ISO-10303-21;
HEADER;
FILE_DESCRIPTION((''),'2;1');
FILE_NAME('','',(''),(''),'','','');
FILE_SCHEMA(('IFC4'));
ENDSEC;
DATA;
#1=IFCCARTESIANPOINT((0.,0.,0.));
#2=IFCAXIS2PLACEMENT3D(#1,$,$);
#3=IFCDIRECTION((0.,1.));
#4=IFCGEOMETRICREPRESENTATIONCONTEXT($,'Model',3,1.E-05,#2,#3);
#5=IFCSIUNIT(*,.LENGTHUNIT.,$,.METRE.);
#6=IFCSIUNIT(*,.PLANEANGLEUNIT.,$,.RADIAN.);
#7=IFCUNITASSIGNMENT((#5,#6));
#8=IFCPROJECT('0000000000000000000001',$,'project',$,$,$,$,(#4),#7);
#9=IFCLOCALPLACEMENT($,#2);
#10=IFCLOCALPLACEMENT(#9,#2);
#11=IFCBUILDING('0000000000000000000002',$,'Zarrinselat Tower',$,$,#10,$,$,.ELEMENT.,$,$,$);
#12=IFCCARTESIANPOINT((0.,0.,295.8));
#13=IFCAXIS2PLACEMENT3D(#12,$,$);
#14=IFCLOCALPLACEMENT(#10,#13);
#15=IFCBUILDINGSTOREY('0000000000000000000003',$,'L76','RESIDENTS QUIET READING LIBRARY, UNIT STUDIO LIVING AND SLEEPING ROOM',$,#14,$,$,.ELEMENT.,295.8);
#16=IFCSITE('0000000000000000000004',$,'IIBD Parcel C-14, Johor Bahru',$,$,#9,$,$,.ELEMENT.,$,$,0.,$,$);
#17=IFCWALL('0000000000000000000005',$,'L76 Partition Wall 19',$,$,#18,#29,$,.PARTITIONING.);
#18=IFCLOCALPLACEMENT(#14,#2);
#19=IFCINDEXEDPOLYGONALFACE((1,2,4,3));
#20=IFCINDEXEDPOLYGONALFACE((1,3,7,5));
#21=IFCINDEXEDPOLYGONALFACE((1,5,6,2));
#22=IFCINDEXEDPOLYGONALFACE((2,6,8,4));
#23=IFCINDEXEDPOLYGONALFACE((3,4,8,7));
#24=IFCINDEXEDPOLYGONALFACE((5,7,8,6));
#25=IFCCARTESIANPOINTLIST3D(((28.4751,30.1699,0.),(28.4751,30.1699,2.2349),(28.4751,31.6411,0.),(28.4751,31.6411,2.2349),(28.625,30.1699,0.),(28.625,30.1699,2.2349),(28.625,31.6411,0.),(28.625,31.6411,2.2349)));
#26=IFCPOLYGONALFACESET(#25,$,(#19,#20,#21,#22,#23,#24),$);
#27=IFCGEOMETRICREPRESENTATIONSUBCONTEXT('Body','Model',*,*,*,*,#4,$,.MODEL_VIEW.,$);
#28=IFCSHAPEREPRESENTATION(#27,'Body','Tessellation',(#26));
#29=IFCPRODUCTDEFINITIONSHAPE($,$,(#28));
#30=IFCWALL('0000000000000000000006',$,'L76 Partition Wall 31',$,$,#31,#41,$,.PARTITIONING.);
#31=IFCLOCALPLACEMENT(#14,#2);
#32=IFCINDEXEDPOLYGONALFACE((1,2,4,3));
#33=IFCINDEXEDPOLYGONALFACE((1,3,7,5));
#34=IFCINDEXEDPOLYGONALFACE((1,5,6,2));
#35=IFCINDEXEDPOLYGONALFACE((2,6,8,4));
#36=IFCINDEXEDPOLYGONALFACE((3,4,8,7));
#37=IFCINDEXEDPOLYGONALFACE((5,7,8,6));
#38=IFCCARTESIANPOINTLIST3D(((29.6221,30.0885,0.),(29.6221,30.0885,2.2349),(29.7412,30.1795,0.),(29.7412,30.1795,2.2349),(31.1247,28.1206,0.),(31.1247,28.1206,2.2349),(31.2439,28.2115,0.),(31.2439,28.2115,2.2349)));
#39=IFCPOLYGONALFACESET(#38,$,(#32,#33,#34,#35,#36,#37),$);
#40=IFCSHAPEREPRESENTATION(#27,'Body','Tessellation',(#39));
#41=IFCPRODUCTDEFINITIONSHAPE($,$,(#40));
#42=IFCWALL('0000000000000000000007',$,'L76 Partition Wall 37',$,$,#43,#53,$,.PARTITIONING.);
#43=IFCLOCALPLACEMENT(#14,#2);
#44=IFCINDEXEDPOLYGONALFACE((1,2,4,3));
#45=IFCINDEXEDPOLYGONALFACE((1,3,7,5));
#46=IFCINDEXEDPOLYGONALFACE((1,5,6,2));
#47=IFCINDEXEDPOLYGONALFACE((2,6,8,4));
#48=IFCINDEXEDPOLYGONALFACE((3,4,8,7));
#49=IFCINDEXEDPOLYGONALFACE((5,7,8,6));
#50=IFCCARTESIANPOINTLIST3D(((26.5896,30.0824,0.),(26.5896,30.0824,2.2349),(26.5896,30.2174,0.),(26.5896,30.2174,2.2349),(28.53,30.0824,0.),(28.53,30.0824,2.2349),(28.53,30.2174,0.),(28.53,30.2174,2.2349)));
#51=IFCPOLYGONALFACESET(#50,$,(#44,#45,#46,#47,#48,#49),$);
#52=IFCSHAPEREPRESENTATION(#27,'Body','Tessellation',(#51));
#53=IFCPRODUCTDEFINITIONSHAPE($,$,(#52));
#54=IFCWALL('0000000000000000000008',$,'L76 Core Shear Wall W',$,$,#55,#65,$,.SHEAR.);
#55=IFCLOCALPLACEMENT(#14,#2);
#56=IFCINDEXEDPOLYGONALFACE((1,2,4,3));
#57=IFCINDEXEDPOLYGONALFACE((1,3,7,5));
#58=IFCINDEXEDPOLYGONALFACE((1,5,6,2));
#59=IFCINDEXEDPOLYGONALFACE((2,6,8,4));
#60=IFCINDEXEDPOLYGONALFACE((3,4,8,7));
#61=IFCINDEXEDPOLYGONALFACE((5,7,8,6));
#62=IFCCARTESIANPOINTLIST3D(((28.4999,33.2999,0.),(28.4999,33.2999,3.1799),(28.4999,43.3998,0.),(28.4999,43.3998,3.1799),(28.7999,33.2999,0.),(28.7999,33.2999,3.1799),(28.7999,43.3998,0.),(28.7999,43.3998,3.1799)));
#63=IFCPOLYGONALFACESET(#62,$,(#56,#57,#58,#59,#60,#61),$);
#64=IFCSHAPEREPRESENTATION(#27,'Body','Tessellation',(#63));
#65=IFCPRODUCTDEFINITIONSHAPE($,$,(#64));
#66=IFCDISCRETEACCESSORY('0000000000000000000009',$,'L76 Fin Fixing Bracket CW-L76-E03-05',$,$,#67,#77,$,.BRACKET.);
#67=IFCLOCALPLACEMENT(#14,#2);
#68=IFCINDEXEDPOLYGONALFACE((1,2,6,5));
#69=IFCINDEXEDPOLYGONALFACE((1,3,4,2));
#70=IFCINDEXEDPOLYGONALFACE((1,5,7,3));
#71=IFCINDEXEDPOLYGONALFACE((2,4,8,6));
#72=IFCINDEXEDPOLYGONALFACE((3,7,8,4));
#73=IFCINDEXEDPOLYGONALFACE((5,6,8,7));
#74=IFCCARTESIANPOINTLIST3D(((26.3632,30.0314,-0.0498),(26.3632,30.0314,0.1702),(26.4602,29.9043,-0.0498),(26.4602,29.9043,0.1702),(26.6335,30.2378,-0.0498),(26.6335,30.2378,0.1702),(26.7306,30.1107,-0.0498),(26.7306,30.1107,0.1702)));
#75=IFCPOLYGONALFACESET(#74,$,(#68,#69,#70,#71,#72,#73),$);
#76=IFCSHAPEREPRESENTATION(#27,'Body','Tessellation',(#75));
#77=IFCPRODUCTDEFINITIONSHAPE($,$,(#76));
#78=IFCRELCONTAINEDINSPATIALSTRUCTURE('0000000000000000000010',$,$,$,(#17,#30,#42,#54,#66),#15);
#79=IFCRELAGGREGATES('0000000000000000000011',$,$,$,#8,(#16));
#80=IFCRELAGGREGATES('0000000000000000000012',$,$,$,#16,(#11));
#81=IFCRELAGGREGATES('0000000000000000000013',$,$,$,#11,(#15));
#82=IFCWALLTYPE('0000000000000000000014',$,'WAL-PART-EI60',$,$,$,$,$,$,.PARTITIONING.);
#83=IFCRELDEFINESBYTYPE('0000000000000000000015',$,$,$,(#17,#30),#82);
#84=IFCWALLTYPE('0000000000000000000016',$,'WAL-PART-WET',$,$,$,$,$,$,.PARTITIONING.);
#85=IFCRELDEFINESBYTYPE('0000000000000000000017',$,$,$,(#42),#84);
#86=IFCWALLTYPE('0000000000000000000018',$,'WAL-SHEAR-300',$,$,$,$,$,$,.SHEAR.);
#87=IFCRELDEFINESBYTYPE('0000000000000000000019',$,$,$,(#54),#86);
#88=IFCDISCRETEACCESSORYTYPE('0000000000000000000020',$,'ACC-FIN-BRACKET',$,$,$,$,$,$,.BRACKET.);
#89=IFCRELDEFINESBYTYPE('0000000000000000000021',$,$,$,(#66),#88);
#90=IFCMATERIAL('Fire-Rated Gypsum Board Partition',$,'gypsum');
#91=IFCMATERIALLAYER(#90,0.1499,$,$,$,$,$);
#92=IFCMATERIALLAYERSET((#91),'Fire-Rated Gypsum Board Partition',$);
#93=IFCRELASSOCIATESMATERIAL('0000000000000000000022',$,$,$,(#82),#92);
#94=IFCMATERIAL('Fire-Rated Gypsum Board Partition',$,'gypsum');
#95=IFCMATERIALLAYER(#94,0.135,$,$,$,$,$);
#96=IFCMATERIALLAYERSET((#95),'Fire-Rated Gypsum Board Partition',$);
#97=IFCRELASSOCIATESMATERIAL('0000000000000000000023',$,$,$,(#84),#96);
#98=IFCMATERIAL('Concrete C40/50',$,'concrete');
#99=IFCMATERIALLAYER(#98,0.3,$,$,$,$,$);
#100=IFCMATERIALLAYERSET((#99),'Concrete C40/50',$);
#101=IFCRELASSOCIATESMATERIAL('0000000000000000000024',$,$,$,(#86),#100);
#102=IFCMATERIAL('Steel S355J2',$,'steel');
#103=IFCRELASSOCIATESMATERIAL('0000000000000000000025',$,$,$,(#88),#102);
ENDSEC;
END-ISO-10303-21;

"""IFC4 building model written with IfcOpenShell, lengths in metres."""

from ifc_helpers import new_model, si_unit, direction, frame, frame_2d, origin, origin_2d, place, context, subcontext, project, spatial, rectangle, extrude, material, layer, layer_set, type_object, element, save


model = new_model("IFC4")

# Units and contexts
model_context = context("Model", 3, precision=1e-05, world=origin(), true_north=direction((0.0, 1.0)))
body_context = subcontext(model_context, "Body", "Model", "MODEL_VIEW")
ifc_project = project(units=[si_unit("LENGTHUNIT", "METRE"), si_unit("PLANEANGLEUNIT", "RADIAN")], contexts=[model_context])

# Site, building, storey
site_placement = place(None, origin())
site = spatial("IfcSite", under=ifc_project, at=site_placement, Name="IIBD Parcel C-14, Johor Bahru", CompositionType="ELEMENT", RefElevation=0.0)
building_placement = place(site_placement, origin())
building = spatial("IfcBuilding", under=site, at=building_placement, Name="Zarrinselat Tower", CompositionType="ELEMENT")
storey_placement = place(building_placement, frame((0.0, 0.0, 295.8)))
storey = spatial("IfcBuildingStorey", under=building, at=storey_placement, Name="L76", Description="RESIDENTS QUIET READING LIBRARY, UNIT STUDIO LIVING AND SLEEPING ROOM", CompositionType="ELEMENT", Elevation=295.8)

# Shared definitions
ifc_material_1 = material(Name="Fire-Rated Gypsum Board Partition", Category="gypsum")
ifc_layer_1 = layer(ifc_material_1, 0.1499)
ifc_layer_set_1 = layer_set([ifc_layer_1], Name="Fire-Rated Gypsum Board Partition")
wall_type_1 = type_object("IfcWallType", Name="WAL-PART-EI60", PredefinedType="PARTITIONING", material=ifc_layer_set_1)

# Walls
wall_1_placement = place(storey_placement, frame((28.55, 30.1699, 0.0), z_axis=(0.0, 0.0, 1.0), x_axis=(0.0, 1.0, 0.0)))
element("IfcWall", 1, at=wall_1_placement, inside=storey, type_object=wall_type_1, Name="L76 Partition Wall 19", PredefinedType="PARTITIONING", context=body_context, shape_type="SweptSolid", body=[
    extrude(rectangle(XDim=1.4712, YDim=0.1499, at=frame_2d((0.7356, 0.0))), origin(), (0.0, 0.0, 1.0), 2.2349),
])
wall_2_placement = place(storey_placement, frame((29.6816, 30.134, 0.0), z_axis=(0.0, 0.0, 1.0), x_axis=(0.606872, -0.7948, 0.0)))
element("IfcWall", 2, at=wall_2_placement, inside=storey, type_object=wall_type_1, Name="L76 Partition Wall 31", PredefinedType="PARTITIONING", context=body_context, shape_type="SweptSolid", body=[
    extrude(rectangle(XDim=2.4761, YDim=0.1499, at=frame_2d((1.238, 0.0))), origin(), (0.0, 0.0, 1.0), 2.2349),
])
ifc_material_2 = material(Name="Fire-Rated Gypsum Board Partition", Category="gypsum")
ifc_layer_2 = layer(ifc_material_2, 0.135)
ifc_layer_set_2 = layer_set([ifc_layer_2], Name="Fire-Rated Gypsum Board Partition")
wall_type_2 = type_object("IfcWallType", Name="WAL-PART-WET", PredefinedType="PARTITIONING", material=ifc_layer_set_2)
wall_3_placement = place(storey_placement, frame((26.5896, 30.1499, 0.0), z_axis=(0.0, 0.0, 1.0), x_axis=(1.0, 0.0, 0.0)))
element("IfcWall", 3, at=wall_3_placement, inside=storey, type_object=wall_type_2, Name="L76 Partition Wall 37", PredefinedType="PARTITIONING", context=body_context, shape_type="SweptSolid", body=[
    extrude(rectangle(XDim=1.9404, YDim=0.135, at=frame_2d((0.9702, 0.0))), origin(), (0.0, 0.0, 1.0), 2.2349),
])

# Shared definitions
ifc_material_3 = material(Name="Concrete C40/50", Category="concrete")
ifc_layer_3 = layer(ifc_material_3, 0.3)
ifc_layer_set_3 = layer_set([ifc_layer_3], Name="Concrete C40/50")
wall_type_3 = type_object("IfcWallType", Name="WAL-SHEAR-300", PredefinedType="SHEAR", material=ifc_layer_set_3)

# Wall
wall_4_placement = place(storey_placement, frame((28.6499, 33.3, 0.0), z_axis=(0.0, 0.0, 1.0), x_axis=(0.0, 1.0, 0.0)))
element("IfcWall", 4, at=wall_4_placement, inside=storey, type_object=wall_type_3, Name="L76 Core Shear Wall W", PredefinedType="SHEAR", context=body_context, shape_type="SweptSolid", body=[
    extrude(rectangle(XDim=10.0999, YDim=0.3, at=frame_2d((5.0498, 0.0))), origin(), (0.0, 0.0, 1.0), 3.1799),
])

# Discrete accessory
ifc_material_4 = material(Name="Steel S355J2", Category="steel")
discrete_accessory_type = type_object("IfcDiscreteAccessoryType", Name="ACC-FIN-BRACKET", PredefinedType="BRACKET", material=ifc_material_4)
discrete_accessory_placement = place(storey_placement, frame((26.5469, 30.071, -0.0498), z_axis=(0.0, 0.0, 1.0), x_axis=(-0.794853, -0.606802, 0.0)))
element("IfcDiscreteAccessory", 5, at=discrete_accessory_placement, inside=storey, type_object=discrete_accessory_type, Name="L76 Fin Fixing Bracket CW-L76-E03-05", PredefinedType="BRACKET", context=body_context, shape_type="SweptSolid", body=[
    extrude(rectangle(XDim=0.3401, YDim=0.1599, at=origin_2d()), origin(), (0.0, 0.0, 1.0), 0.22),
])

save(model, "model.ifc")
